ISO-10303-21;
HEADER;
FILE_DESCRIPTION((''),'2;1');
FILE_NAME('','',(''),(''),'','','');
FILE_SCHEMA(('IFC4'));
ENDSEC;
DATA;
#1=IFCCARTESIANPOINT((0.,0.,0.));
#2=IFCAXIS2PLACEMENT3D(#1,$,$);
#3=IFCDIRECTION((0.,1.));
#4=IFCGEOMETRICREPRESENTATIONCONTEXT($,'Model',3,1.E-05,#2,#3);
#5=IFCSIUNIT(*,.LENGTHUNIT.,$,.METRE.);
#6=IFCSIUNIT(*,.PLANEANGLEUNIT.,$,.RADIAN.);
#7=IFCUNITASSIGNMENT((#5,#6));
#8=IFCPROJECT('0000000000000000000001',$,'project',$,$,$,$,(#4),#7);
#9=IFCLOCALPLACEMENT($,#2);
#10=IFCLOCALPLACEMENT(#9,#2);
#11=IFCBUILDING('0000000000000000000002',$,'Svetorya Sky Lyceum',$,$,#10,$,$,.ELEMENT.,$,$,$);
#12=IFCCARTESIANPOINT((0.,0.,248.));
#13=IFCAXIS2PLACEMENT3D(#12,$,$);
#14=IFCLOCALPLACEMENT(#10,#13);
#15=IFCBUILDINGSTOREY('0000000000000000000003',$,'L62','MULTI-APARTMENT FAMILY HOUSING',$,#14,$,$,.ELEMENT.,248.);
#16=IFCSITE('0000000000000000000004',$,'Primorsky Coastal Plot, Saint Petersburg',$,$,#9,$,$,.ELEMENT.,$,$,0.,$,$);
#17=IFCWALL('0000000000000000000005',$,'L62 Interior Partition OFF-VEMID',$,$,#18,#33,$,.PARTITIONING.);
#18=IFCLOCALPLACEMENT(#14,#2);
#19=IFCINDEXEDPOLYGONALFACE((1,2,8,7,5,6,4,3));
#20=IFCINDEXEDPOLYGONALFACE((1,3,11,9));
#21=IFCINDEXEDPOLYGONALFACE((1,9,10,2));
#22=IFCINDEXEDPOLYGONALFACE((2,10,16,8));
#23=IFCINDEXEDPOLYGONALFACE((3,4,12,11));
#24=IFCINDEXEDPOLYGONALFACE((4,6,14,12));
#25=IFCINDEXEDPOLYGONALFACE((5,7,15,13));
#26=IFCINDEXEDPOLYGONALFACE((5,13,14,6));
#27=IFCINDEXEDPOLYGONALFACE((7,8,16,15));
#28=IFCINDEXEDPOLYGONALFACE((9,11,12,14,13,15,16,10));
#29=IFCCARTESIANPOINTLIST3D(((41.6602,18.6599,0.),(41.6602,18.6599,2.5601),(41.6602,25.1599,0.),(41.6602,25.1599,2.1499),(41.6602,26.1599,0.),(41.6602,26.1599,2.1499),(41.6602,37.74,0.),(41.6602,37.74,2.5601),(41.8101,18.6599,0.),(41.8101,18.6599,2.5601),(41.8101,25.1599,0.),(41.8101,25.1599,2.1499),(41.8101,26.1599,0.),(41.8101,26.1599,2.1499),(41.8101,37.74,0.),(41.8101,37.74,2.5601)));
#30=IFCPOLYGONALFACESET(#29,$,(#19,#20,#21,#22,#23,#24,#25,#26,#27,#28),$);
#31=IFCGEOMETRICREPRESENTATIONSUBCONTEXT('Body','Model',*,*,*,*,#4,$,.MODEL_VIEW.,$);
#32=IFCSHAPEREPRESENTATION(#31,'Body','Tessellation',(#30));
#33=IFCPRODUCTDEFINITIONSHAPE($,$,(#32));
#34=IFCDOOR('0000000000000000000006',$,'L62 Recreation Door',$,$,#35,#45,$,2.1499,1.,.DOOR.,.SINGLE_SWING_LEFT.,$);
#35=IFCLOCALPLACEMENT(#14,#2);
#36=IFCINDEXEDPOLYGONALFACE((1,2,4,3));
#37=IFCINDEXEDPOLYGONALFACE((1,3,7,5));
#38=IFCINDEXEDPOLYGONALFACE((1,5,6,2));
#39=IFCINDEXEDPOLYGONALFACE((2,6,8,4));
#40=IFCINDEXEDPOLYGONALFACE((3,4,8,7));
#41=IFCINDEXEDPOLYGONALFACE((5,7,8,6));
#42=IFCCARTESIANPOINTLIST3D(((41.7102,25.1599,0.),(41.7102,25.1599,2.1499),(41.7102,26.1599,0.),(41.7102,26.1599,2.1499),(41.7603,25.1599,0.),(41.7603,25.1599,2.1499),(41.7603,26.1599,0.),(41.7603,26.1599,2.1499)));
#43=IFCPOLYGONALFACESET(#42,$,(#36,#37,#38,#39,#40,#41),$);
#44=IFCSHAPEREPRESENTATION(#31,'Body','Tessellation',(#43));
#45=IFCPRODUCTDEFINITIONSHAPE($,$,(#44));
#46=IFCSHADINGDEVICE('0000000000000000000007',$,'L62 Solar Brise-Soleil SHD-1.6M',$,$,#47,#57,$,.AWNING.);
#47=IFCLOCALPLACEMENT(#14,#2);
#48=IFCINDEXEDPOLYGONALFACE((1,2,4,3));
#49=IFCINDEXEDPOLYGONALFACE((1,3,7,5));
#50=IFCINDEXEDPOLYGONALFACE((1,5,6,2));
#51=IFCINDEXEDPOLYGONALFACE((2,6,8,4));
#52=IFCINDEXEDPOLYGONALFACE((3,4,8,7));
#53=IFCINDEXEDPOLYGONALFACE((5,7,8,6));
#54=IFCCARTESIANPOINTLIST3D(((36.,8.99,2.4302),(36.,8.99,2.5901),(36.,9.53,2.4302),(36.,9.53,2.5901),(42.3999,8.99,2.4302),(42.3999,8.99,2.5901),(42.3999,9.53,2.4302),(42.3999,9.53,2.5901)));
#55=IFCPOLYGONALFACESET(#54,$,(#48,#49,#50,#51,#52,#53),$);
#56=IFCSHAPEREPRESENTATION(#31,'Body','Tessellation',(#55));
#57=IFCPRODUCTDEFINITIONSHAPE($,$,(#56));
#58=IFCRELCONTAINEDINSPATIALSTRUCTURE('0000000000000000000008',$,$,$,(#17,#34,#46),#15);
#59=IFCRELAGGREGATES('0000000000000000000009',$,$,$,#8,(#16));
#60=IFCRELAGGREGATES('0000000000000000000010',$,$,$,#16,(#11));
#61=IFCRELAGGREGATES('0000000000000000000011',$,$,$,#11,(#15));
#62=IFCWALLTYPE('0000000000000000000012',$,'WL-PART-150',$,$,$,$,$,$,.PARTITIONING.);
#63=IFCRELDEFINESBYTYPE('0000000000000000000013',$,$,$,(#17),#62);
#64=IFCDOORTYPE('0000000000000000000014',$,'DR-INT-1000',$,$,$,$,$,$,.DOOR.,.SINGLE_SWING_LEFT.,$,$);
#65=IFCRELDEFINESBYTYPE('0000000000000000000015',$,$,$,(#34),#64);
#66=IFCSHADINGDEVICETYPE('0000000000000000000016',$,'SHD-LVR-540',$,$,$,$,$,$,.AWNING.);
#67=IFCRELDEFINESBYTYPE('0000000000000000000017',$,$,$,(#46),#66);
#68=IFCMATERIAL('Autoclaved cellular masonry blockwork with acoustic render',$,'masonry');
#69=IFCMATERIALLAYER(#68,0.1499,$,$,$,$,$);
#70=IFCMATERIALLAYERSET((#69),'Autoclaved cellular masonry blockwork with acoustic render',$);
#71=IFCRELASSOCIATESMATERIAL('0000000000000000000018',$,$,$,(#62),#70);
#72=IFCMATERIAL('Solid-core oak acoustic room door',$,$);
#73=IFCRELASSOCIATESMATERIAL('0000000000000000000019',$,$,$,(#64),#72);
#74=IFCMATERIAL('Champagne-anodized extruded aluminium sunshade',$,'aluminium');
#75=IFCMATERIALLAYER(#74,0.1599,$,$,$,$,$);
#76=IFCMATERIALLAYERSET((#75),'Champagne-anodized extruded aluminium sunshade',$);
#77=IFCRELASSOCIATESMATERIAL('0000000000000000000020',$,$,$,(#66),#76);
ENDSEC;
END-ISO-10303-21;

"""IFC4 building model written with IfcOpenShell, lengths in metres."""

from ifc_helpers import new_model, si_unit, direction, frame, frame_2d, origin, origin_2d, place, context, subcontext, project, spatial, rectangle, extrude, material, layer, layer_set, type_object, element, fill, save


model = new_model("IFC4")

# Units and contexts
model_context = context("Model", 3, precision=1e-05, world=origin(), true_north=direction((0.0, 1.0)))
body_context = subcontext(model_context, "Body", "Model", "MODEL_VIEW")
ifc_project = project(units=[si_unit("LENGTHUNIT", "METRE"), si_unit("PLANEANGLEUNIT", "RADIAN")], contexts=[model_context])

# Site, building, storey
site_placement = place(None, origin())
site = spatial("IfcSite", under=ifc_project, at=site_placement, Name="Primorsky Coastal Plot, Saint Petersburg", CompositionType="ELEMENT", RefElevation=0.0)
building_placement = place(site_placement, origin())
building = spatial("IfcBuilding", under=site, at=building_placement, Name="Svetorya Sky Lyceum", CompositionType="ELEMENT")
storey_placement = place(building_placement, frame((0.0, 0.0, 248.0)))
storey = spatial("IfcBuildingStorey", under=building, at=storey_placement, Name="L62", Description="MULTI-APARTMENT FAMILY HOUSING", CompositionType="ELEMENT", Elevation=248.0)

# Shared definitions
ifc_material_1 = material(Name="Autoclaved cellular masonry blockwork with acoustic render", Category="masonry")
ifc_layer_1 = layer(ifc_material_1, 0.1499)
ifc_layer_set_1 = layer_set([ifc_layer_1], Name="Autoclaved cellular masonry blockwork with acoustic render")
wall_type_1 = type_object("IfcWallType", Name="WL-PART-150", PredefinedType="PARTITIONING", material=ifc_layer_set_1)

# Wall, opening, door
wall_1_placement = place(storey_placement, frame((41.7351, 18.6599, 0.0), z_axis=(0.0, 0.0, 1.0), x_axis=(0.0, 1.0, 0.0)))
wall_1 = element("IfcWall", 1, at=wall_1_placement, inside=storey, type_object=wall_type_1, Name="L62 Interior Partition OFF-VEMID", PredefinedType="PARTITIONING", context=body_context, shape_type="SweptSolid", body=[
    extrude(rectangle(XDim=19.0801, YDim=0.1499, at=frame_2d((9.54, 0.0))), origin(), (0.0, 0.0, 1.0), 2.5601),
])
opening_1_placement = place(wall_1_placement, frame((6.5, 0.0, 0.0)))
opening_1 = element("IfcOpeningElement", 2, at=opening_1_placement, cuts=wall_1, PredefinedType="OPENING", context=body_context, shape_type="SweptSolid", body=[
    extrude(rectangle(XDim=1.0, YDim=2.1499, at=frame_2d((0.5, 1.075))), frame((0.0, 0.085, 0.0), z_axis=(0.0, -1.0, 0.0), x_axis=(1.0, 0.0, 0.0)), (0.0, 0.0, 1.0), 0.1699),
])
ifc_material_2 = material(Name="Solid-core oak acoustic room door")
door_type_1 = type_object("IfcDoorType", Name="DR-INT-1000", OperationType="SINGLE_SWING_LEFT", PredefinedType="DOOR", material=ifc_material_2)
door_1_placement = place(opening_1_placement, origin())
door_1 = element("IfcDoor", 3, at=door_1_placement, inside=storey, type_object=door_type_1, Name="L62 Recreation Door", OperationType="SINGLE_SWING_LEFT", OverallHeight=2.1499, OverallWidth=1.0, PredefinedType="DOOR", context=body_context, shape_type="SweptSolid", body=[
    extrude(rectangle(XDim=1.0, YDim=2.1499, at=frame_2d((0.5, 1.075))), frame((0.0, 0.0249, 0.0), z_axis=(0.0, -1.0, 0.0), x_axis=(1.0, 0.0, 0.0)), (0.0, 0.0, 1.0), 0.05),
])
fill(opening_1, door_1)

# Shading device
ifc_material_3 = material(Name="Champagne-anodized extruded aluminium sunshade", Category="aluminium")
ifc_layer_2 = layer(ifc_material_3, 0.1599)
ifc_layer_set_2 = layer_set([ifc_layer_2], Name="Champagne-anodized extruded aluminium sunshade")
shading_device_type = type_object("IfcShadingDeviceType", Name="SHD-LVR-540", PredefinedType="AWNING", material=ifc_layer_set_2)
shading_device_placement = place(storey_placement, frame((39.2, 9.26, 2.4302), z_axis=(0.0, 0.0, 1.0), x_axis=(1.0, 0.0, 0.0)))
element("IfcShadingDevice", 4, at=shading_device_placement, inside=storey, type_object=shading_device_type, Name="L62 Solar Brise-Soleil SHD-1.6M", PredefinedType="AWNING", context=body_context, shape_type="SweptSolid", body=[
    extrude(rectangle(XDim=6.3999, YDim=0.54, at=origin_2d()), origin(), (0.0, 0.0, 1.0), 0.1599),
])

save(model, "model.ifc")
